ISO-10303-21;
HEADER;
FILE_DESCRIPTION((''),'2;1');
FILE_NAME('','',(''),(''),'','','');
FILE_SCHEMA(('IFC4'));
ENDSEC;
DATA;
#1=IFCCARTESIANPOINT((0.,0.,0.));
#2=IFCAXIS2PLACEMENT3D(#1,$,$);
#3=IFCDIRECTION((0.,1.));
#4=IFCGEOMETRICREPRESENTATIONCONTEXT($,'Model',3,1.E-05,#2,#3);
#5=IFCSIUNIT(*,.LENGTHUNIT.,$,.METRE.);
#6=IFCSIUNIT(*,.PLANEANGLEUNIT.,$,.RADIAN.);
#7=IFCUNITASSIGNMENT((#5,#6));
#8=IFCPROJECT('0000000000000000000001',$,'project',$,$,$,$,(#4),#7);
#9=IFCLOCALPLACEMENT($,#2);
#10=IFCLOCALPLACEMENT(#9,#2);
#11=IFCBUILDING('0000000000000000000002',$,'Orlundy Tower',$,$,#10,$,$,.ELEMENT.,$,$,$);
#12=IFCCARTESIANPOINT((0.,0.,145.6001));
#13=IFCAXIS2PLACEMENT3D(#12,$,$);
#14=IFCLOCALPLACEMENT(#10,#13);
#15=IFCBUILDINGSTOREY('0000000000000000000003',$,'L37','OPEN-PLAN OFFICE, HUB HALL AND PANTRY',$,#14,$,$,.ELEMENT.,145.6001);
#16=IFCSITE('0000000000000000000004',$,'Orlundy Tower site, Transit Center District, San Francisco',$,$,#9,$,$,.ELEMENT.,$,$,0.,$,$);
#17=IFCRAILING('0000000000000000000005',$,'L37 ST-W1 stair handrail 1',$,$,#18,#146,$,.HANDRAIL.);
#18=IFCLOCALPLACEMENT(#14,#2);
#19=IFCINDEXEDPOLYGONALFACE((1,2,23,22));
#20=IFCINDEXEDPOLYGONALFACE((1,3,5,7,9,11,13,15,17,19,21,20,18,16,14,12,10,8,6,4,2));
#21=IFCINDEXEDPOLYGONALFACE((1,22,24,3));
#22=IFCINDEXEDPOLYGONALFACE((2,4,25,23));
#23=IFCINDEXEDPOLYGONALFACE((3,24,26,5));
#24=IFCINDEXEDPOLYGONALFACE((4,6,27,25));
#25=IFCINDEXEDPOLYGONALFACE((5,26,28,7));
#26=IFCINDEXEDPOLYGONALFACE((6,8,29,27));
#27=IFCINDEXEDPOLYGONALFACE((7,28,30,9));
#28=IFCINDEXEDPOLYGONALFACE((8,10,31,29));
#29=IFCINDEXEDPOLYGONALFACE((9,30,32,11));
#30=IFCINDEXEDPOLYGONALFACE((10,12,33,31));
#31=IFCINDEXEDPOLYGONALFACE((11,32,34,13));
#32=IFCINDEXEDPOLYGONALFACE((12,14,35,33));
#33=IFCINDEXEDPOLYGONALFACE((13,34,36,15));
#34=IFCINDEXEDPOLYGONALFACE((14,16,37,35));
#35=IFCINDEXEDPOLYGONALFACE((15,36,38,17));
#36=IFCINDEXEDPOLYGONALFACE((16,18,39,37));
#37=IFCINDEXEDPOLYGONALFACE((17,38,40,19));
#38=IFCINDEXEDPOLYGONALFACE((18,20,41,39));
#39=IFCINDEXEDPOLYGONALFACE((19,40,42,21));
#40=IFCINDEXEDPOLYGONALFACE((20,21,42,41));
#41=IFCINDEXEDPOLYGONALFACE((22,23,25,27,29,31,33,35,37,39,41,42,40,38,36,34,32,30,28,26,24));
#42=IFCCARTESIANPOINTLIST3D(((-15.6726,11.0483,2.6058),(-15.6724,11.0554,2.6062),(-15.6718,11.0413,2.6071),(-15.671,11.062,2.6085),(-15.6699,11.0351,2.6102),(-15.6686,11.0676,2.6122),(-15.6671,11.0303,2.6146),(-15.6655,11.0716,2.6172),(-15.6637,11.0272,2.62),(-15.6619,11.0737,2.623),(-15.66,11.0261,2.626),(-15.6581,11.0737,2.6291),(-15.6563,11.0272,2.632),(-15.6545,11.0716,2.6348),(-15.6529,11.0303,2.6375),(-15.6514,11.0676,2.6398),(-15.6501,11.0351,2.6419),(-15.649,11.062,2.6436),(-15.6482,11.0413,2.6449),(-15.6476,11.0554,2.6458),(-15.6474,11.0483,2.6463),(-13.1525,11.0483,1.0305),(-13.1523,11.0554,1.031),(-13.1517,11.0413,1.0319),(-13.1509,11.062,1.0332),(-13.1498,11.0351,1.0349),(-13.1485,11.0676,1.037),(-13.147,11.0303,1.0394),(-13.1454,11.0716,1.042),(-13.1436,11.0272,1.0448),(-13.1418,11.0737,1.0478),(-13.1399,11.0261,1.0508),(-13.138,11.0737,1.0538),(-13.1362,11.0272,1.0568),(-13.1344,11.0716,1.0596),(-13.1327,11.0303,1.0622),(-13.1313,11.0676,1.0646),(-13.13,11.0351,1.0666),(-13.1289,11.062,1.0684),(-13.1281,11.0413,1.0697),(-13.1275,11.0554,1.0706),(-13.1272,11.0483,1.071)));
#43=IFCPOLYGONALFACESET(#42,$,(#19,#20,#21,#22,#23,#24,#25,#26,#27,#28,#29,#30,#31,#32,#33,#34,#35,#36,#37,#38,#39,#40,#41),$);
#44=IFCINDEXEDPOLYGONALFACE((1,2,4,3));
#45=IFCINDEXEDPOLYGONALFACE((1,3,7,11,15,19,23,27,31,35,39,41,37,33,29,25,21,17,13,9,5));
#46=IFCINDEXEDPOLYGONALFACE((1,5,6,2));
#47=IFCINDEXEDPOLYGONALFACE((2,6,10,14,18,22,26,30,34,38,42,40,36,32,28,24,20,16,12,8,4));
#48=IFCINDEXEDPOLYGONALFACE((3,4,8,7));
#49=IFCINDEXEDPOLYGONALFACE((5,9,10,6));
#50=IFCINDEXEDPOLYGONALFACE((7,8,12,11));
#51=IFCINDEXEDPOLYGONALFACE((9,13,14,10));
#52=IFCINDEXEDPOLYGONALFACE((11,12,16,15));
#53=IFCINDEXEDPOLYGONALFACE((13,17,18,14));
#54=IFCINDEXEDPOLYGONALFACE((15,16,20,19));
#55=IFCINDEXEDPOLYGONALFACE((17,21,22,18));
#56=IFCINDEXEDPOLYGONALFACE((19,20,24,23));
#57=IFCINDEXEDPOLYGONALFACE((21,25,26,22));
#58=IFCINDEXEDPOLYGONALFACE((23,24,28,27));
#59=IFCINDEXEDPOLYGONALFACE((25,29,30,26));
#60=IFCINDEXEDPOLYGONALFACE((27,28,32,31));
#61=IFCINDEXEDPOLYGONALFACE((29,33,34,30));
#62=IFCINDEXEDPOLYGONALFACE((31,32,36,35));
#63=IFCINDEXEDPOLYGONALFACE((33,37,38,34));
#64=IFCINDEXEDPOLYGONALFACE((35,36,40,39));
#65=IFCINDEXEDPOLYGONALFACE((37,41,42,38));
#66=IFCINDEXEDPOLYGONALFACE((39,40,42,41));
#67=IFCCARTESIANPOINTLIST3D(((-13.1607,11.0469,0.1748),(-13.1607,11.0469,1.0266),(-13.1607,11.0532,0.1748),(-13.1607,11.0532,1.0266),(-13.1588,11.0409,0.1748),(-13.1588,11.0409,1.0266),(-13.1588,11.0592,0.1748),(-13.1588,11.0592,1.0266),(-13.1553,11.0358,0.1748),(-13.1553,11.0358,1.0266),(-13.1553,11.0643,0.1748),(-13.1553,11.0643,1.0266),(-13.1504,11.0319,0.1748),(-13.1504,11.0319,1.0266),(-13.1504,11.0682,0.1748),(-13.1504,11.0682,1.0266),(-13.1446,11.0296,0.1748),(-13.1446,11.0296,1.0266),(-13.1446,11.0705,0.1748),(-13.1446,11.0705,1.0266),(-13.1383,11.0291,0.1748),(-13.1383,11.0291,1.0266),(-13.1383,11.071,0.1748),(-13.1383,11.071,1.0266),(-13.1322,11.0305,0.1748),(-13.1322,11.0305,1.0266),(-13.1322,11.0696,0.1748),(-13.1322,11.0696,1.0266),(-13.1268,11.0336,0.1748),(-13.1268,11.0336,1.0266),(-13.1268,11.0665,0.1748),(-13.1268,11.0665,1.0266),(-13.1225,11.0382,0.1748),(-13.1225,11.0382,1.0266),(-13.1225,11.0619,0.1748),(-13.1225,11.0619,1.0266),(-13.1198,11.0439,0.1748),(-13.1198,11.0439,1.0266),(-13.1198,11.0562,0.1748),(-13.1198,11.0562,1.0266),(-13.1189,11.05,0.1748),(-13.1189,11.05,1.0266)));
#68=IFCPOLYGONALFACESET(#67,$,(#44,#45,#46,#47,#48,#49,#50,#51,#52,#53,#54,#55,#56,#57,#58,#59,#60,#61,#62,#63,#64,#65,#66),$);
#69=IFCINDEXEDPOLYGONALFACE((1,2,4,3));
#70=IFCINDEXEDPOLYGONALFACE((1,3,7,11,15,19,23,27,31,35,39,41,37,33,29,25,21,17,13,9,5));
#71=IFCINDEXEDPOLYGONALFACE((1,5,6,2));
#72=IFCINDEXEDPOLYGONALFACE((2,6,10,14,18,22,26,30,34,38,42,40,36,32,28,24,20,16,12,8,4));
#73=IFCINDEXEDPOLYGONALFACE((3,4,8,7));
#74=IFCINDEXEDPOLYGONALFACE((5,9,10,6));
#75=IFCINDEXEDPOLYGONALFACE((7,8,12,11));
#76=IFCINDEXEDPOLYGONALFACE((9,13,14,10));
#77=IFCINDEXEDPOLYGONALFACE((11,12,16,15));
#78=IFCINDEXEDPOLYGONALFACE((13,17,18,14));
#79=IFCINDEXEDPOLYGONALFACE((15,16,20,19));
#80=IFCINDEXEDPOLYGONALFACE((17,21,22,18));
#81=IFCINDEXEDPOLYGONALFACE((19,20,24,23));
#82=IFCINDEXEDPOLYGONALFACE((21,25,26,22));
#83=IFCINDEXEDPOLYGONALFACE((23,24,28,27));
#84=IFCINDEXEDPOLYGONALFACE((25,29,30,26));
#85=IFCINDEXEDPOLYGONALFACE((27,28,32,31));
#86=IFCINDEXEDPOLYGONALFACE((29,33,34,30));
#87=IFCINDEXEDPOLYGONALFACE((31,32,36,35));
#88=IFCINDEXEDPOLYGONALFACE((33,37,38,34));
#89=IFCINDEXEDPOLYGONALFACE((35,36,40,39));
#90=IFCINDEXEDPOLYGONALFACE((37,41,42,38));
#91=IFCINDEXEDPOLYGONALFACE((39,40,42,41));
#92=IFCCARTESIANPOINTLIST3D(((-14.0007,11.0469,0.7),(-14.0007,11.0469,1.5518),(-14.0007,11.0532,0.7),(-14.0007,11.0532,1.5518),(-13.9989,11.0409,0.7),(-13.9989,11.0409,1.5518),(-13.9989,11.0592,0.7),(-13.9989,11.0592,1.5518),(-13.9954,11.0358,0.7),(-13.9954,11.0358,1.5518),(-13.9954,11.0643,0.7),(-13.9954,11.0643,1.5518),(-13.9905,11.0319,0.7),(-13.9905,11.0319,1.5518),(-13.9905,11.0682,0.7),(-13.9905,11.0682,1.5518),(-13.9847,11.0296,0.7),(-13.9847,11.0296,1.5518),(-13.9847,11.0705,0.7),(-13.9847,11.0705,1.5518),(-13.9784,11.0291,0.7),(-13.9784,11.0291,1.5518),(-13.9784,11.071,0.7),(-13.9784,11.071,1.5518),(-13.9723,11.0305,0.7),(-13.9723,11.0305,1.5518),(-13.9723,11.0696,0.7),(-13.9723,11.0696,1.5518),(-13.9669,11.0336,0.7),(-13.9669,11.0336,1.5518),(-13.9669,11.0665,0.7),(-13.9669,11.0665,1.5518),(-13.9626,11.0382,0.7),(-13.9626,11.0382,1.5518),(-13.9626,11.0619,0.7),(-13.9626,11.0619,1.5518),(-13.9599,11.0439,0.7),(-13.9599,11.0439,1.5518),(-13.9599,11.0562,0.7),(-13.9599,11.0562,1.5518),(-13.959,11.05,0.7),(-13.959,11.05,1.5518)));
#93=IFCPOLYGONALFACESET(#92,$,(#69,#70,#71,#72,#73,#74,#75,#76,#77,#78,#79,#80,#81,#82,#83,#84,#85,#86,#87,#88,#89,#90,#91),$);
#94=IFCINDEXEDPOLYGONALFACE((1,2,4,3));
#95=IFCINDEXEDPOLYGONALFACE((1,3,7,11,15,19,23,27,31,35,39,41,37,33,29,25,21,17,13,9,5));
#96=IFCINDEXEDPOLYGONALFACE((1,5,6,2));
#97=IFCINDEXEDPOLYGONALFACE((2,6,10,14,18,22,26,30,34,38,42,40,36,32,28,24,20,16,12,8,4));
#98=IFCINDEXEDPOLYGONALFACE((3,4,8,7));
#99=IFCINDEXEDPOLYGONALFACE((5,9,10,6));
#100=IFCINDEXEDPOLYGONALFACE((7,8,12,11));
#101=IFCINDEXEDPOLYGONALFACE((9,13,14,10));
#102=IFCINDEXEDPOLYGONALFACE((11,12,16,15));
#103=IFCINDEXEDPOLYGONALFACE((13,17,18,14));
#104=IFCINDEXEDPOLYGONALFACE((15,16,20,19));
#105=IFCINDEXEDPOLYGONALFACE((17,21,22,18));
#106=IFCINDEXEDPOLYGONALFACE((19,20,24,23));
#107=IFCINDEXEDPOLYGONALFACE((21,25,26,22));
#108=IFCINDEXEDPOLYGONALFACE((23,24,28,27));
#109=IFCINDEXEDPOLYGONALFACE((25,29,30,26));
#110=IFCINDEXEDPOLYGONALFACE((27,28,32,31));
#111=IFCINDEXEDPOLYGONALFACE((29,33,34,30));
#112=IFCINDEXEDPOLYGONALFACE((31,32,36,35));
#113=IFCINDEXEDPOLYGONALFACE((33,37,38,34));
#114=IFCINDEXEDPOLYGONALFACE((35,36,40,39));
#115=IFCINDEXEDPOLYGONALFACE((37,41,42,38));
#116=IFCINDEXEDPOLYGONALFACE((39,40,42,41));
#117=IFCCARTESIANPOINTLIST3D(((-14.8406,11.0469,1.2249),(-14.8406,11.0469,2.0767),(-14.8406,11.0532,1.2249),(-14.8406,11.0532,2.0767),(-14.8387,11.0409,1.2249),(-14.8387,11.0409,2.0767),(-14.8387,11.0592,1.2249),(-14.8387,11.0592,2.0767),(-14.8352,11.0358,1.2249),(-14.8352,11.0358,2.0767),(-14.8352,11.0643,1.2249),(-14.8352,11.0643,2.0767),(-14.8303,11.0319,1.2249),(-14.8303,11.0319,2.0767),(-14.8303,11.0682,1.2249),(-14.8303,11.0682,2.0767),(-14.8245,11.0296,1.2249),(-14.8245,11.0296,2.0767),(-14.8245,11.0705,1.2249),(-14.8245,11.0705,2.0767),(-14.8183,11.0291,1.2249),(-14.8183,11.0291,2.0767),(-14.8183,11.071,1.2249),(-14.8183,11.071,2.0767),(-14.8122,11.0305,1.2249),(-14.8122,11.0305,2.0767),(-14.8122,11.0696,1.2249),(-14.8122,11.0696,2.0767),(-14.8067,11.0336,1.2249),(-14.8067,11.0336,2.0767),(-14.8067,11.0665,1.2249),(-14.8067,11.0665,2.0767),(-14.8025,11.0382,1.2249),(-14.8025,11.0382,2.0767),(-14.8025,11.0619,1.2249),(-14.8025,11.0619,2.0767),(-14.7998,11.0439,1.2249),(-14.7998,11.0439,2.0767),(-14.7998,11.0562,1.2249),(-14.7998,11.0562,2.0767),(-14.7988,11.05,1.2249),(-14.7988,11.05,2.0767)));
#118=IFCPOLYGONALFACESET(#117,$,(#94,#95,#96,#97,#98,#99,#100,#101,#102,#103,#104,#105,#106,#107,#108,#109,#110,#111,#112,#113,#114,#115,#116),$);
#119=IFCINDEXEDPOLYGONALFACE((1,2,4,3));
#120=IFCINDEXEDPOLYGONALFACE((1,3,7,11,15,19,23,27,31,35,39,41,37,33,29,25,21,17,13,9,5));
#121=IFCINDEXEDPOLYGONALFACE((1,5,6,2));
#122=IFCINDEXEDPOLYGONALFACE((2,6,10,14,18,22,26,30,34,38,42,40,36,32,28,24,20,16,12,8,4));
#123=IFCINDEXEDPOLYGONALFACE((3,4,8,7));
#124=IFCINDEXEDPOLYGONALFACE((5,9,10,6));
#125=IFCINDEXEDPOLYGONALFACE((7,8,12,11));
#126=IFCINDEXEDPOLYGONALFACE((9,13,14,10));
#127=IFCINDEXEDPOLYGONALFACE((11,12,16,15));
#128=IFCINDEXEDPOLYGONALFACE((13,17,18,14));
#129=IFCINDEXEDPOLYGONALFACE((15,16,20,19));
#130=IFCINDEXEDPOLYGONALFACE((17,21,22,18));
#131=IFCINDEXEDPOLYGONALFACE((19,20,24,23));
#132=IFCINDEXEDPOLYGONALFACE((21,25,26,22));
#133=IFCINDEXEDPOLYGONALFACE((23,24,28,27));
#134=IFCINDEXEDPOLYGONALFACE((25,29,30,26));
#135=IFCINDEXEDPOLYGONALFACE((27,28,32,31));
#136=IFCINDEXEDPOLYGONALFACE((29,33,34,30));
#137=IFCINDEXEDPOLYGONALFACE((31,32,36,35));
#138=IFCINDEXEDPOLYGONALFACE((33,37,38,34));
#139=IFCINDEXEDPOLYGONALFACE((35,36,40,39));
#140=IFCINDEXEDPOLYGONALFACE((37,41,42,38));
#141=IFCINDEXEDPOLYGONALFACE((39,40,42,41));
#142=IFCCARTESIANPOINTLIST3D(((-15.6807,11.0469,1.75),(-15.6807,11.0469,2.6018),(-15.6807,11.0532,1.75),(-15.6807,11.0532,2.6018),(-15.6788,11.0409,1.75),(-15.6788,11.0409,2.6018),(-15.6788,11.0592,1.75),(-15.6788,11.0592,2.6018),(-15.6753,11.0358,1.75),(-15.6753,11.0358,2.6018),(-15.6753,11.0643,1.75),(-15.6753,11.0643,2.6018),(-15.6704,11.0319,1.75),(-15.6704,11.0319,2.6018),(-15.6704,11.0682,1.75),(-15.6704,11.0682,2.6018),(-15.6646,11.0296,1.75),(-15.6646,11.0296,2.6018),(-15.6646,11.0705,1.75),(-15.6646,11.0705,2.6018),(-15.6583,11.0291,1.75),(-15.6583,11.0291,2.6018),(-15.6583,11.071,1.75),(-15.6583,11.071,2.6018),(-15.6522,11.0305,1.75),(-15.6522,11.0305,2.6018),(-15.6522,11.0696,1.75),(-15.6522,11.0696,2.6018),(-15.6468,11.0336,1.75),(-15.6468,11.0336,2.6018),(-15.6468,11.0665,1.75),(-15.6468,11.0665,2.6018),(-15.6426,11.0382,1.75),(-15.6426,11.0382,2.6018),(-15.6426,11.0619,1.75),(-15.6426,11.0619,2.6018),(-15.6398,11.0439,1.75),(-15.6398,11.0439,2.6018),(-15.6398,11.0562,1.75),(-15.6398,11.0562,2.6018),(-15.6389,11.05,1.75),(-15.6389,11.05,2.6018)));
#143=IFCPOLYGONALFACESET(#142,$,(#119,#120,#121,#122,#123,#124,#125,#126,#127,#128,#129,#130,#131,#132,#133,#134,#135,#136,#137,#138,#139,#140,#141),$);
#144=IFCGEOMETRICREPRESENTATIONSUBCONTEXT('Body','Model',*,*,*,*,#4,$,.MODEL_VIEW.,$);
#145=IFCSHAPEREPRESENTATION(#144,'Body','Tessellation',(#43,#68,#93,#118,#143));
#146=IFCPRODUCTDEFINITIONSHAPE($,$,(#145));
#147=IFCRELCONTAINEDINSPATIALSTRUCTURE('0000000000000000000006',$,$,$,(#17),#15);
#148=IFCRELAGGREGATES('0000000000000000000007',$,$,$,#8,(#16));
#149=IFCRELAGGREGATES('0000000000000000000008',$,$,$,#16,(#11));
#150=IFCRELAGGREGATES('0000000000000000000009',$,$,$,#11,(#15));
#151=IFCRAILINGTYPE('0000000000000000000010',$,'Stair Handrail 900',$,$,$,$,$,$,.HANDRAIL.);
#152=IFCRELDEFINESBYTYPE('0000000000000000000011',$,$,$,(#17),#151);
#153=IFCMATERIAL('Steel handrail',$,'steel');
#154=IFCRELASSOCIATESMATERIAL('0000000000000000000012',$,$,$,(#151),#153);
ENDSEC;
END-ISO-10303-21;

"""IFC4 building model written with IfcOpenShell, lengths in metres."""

from ifc_helpers import new_model, si_unit, direction, frame, origin, origin_2d, place, context, subcontext, project, spatial, circle, extrude, material, type_object, element, save


model = new_model("IFC4")

# Units and contexts
model_context = context("Model", 3, precision=1e-05, world=origin(), true_north=direction((0.0, 1.0)))
body_context = subcontext(model_context, "Body", "Model", "MODEL_VIEW")
ifc_project = project(units=[si_unit("LENGTHUNIT", "METRE"), si_unit("PLANEANGLEUNIT", "RADIAN")], contexts=[model_context])

# Site, building, storey
site_placement = place(None, origin())
site = spatial("IfcSite", under=ifc_project, at=site_placement, Name="Orlundy Tower site, Transit Center District, San Francisco", CompositionType="ELEMENT", RefElevation=0.0)
building_placement = place(site_placement, origin())
building = spatial("IfcBuilding", under=site, at=building_placement, Name="Orlundy Tower", CompositionType="ELEMENT")
storey_placement = place(building_placement, frame((0.0, 0.0, 145.6001)))
storey = spatial("IfcBuildingStorey", under=building, at=storey_placement, Name="L37", Description="OPEN-PLAN OFFICE, HUB HALL AND PANTRY", CompositionType="ELEMENT", Elevation=145.6001)

# Railing
ifc_material_1 = material(Name="Steel handrail", Category="steel")
railing_type_1 = type_object("IfcRailingType", Name="Stair Handrail 900", PredefinedType="HANDRAIL", material=ifc_material_1)
railing_1_placement = place(storey_placement, frame((-13.1399, 11.05, 0.1748)))
element("IfcRailing", 1, at=railing_1_placement, inside=storey, type_object=railing_type_1, Name="L37 ST-W1 stair handrail 1", PredefinedType="HANDRAIL", context=body_context, shape_type="SweptSolid", body=[
    extrude(circle(Radius=0.0239, at=origin_2d()), frame((0.0, 0.0, 0.876), z_axis=(-0.847971, 0.0, 0.530043), x_axis=(0.0, -1.0, 0.0)), (0.0, 0.0, 1.0), 2.9719),
    extrude(circle(Radius=0.021, at=origin_2d()), origin(), (0.0, 0.0, 1.0), 0.8518),
    extrude(circle(Radius=0.021, at=origin_2d()), frame((-0.8401, 0.0, 0.5251)), (0.0, 0.0, 1.0), 0.8518),
    extrude(circle(Radius=0.021, at=origin_2d()), frame((-1.6799, 0.0, 1.05)), (0.0, 0.0, 1.0), 0.8518),
    extrude(circle(Radius=0.021, at=origin_2d()), frame((-2.52, 0.0, 1.5752)), (0.0, 0.0, 1.0), 0.8518),
])

save(model, "model.ifc")
